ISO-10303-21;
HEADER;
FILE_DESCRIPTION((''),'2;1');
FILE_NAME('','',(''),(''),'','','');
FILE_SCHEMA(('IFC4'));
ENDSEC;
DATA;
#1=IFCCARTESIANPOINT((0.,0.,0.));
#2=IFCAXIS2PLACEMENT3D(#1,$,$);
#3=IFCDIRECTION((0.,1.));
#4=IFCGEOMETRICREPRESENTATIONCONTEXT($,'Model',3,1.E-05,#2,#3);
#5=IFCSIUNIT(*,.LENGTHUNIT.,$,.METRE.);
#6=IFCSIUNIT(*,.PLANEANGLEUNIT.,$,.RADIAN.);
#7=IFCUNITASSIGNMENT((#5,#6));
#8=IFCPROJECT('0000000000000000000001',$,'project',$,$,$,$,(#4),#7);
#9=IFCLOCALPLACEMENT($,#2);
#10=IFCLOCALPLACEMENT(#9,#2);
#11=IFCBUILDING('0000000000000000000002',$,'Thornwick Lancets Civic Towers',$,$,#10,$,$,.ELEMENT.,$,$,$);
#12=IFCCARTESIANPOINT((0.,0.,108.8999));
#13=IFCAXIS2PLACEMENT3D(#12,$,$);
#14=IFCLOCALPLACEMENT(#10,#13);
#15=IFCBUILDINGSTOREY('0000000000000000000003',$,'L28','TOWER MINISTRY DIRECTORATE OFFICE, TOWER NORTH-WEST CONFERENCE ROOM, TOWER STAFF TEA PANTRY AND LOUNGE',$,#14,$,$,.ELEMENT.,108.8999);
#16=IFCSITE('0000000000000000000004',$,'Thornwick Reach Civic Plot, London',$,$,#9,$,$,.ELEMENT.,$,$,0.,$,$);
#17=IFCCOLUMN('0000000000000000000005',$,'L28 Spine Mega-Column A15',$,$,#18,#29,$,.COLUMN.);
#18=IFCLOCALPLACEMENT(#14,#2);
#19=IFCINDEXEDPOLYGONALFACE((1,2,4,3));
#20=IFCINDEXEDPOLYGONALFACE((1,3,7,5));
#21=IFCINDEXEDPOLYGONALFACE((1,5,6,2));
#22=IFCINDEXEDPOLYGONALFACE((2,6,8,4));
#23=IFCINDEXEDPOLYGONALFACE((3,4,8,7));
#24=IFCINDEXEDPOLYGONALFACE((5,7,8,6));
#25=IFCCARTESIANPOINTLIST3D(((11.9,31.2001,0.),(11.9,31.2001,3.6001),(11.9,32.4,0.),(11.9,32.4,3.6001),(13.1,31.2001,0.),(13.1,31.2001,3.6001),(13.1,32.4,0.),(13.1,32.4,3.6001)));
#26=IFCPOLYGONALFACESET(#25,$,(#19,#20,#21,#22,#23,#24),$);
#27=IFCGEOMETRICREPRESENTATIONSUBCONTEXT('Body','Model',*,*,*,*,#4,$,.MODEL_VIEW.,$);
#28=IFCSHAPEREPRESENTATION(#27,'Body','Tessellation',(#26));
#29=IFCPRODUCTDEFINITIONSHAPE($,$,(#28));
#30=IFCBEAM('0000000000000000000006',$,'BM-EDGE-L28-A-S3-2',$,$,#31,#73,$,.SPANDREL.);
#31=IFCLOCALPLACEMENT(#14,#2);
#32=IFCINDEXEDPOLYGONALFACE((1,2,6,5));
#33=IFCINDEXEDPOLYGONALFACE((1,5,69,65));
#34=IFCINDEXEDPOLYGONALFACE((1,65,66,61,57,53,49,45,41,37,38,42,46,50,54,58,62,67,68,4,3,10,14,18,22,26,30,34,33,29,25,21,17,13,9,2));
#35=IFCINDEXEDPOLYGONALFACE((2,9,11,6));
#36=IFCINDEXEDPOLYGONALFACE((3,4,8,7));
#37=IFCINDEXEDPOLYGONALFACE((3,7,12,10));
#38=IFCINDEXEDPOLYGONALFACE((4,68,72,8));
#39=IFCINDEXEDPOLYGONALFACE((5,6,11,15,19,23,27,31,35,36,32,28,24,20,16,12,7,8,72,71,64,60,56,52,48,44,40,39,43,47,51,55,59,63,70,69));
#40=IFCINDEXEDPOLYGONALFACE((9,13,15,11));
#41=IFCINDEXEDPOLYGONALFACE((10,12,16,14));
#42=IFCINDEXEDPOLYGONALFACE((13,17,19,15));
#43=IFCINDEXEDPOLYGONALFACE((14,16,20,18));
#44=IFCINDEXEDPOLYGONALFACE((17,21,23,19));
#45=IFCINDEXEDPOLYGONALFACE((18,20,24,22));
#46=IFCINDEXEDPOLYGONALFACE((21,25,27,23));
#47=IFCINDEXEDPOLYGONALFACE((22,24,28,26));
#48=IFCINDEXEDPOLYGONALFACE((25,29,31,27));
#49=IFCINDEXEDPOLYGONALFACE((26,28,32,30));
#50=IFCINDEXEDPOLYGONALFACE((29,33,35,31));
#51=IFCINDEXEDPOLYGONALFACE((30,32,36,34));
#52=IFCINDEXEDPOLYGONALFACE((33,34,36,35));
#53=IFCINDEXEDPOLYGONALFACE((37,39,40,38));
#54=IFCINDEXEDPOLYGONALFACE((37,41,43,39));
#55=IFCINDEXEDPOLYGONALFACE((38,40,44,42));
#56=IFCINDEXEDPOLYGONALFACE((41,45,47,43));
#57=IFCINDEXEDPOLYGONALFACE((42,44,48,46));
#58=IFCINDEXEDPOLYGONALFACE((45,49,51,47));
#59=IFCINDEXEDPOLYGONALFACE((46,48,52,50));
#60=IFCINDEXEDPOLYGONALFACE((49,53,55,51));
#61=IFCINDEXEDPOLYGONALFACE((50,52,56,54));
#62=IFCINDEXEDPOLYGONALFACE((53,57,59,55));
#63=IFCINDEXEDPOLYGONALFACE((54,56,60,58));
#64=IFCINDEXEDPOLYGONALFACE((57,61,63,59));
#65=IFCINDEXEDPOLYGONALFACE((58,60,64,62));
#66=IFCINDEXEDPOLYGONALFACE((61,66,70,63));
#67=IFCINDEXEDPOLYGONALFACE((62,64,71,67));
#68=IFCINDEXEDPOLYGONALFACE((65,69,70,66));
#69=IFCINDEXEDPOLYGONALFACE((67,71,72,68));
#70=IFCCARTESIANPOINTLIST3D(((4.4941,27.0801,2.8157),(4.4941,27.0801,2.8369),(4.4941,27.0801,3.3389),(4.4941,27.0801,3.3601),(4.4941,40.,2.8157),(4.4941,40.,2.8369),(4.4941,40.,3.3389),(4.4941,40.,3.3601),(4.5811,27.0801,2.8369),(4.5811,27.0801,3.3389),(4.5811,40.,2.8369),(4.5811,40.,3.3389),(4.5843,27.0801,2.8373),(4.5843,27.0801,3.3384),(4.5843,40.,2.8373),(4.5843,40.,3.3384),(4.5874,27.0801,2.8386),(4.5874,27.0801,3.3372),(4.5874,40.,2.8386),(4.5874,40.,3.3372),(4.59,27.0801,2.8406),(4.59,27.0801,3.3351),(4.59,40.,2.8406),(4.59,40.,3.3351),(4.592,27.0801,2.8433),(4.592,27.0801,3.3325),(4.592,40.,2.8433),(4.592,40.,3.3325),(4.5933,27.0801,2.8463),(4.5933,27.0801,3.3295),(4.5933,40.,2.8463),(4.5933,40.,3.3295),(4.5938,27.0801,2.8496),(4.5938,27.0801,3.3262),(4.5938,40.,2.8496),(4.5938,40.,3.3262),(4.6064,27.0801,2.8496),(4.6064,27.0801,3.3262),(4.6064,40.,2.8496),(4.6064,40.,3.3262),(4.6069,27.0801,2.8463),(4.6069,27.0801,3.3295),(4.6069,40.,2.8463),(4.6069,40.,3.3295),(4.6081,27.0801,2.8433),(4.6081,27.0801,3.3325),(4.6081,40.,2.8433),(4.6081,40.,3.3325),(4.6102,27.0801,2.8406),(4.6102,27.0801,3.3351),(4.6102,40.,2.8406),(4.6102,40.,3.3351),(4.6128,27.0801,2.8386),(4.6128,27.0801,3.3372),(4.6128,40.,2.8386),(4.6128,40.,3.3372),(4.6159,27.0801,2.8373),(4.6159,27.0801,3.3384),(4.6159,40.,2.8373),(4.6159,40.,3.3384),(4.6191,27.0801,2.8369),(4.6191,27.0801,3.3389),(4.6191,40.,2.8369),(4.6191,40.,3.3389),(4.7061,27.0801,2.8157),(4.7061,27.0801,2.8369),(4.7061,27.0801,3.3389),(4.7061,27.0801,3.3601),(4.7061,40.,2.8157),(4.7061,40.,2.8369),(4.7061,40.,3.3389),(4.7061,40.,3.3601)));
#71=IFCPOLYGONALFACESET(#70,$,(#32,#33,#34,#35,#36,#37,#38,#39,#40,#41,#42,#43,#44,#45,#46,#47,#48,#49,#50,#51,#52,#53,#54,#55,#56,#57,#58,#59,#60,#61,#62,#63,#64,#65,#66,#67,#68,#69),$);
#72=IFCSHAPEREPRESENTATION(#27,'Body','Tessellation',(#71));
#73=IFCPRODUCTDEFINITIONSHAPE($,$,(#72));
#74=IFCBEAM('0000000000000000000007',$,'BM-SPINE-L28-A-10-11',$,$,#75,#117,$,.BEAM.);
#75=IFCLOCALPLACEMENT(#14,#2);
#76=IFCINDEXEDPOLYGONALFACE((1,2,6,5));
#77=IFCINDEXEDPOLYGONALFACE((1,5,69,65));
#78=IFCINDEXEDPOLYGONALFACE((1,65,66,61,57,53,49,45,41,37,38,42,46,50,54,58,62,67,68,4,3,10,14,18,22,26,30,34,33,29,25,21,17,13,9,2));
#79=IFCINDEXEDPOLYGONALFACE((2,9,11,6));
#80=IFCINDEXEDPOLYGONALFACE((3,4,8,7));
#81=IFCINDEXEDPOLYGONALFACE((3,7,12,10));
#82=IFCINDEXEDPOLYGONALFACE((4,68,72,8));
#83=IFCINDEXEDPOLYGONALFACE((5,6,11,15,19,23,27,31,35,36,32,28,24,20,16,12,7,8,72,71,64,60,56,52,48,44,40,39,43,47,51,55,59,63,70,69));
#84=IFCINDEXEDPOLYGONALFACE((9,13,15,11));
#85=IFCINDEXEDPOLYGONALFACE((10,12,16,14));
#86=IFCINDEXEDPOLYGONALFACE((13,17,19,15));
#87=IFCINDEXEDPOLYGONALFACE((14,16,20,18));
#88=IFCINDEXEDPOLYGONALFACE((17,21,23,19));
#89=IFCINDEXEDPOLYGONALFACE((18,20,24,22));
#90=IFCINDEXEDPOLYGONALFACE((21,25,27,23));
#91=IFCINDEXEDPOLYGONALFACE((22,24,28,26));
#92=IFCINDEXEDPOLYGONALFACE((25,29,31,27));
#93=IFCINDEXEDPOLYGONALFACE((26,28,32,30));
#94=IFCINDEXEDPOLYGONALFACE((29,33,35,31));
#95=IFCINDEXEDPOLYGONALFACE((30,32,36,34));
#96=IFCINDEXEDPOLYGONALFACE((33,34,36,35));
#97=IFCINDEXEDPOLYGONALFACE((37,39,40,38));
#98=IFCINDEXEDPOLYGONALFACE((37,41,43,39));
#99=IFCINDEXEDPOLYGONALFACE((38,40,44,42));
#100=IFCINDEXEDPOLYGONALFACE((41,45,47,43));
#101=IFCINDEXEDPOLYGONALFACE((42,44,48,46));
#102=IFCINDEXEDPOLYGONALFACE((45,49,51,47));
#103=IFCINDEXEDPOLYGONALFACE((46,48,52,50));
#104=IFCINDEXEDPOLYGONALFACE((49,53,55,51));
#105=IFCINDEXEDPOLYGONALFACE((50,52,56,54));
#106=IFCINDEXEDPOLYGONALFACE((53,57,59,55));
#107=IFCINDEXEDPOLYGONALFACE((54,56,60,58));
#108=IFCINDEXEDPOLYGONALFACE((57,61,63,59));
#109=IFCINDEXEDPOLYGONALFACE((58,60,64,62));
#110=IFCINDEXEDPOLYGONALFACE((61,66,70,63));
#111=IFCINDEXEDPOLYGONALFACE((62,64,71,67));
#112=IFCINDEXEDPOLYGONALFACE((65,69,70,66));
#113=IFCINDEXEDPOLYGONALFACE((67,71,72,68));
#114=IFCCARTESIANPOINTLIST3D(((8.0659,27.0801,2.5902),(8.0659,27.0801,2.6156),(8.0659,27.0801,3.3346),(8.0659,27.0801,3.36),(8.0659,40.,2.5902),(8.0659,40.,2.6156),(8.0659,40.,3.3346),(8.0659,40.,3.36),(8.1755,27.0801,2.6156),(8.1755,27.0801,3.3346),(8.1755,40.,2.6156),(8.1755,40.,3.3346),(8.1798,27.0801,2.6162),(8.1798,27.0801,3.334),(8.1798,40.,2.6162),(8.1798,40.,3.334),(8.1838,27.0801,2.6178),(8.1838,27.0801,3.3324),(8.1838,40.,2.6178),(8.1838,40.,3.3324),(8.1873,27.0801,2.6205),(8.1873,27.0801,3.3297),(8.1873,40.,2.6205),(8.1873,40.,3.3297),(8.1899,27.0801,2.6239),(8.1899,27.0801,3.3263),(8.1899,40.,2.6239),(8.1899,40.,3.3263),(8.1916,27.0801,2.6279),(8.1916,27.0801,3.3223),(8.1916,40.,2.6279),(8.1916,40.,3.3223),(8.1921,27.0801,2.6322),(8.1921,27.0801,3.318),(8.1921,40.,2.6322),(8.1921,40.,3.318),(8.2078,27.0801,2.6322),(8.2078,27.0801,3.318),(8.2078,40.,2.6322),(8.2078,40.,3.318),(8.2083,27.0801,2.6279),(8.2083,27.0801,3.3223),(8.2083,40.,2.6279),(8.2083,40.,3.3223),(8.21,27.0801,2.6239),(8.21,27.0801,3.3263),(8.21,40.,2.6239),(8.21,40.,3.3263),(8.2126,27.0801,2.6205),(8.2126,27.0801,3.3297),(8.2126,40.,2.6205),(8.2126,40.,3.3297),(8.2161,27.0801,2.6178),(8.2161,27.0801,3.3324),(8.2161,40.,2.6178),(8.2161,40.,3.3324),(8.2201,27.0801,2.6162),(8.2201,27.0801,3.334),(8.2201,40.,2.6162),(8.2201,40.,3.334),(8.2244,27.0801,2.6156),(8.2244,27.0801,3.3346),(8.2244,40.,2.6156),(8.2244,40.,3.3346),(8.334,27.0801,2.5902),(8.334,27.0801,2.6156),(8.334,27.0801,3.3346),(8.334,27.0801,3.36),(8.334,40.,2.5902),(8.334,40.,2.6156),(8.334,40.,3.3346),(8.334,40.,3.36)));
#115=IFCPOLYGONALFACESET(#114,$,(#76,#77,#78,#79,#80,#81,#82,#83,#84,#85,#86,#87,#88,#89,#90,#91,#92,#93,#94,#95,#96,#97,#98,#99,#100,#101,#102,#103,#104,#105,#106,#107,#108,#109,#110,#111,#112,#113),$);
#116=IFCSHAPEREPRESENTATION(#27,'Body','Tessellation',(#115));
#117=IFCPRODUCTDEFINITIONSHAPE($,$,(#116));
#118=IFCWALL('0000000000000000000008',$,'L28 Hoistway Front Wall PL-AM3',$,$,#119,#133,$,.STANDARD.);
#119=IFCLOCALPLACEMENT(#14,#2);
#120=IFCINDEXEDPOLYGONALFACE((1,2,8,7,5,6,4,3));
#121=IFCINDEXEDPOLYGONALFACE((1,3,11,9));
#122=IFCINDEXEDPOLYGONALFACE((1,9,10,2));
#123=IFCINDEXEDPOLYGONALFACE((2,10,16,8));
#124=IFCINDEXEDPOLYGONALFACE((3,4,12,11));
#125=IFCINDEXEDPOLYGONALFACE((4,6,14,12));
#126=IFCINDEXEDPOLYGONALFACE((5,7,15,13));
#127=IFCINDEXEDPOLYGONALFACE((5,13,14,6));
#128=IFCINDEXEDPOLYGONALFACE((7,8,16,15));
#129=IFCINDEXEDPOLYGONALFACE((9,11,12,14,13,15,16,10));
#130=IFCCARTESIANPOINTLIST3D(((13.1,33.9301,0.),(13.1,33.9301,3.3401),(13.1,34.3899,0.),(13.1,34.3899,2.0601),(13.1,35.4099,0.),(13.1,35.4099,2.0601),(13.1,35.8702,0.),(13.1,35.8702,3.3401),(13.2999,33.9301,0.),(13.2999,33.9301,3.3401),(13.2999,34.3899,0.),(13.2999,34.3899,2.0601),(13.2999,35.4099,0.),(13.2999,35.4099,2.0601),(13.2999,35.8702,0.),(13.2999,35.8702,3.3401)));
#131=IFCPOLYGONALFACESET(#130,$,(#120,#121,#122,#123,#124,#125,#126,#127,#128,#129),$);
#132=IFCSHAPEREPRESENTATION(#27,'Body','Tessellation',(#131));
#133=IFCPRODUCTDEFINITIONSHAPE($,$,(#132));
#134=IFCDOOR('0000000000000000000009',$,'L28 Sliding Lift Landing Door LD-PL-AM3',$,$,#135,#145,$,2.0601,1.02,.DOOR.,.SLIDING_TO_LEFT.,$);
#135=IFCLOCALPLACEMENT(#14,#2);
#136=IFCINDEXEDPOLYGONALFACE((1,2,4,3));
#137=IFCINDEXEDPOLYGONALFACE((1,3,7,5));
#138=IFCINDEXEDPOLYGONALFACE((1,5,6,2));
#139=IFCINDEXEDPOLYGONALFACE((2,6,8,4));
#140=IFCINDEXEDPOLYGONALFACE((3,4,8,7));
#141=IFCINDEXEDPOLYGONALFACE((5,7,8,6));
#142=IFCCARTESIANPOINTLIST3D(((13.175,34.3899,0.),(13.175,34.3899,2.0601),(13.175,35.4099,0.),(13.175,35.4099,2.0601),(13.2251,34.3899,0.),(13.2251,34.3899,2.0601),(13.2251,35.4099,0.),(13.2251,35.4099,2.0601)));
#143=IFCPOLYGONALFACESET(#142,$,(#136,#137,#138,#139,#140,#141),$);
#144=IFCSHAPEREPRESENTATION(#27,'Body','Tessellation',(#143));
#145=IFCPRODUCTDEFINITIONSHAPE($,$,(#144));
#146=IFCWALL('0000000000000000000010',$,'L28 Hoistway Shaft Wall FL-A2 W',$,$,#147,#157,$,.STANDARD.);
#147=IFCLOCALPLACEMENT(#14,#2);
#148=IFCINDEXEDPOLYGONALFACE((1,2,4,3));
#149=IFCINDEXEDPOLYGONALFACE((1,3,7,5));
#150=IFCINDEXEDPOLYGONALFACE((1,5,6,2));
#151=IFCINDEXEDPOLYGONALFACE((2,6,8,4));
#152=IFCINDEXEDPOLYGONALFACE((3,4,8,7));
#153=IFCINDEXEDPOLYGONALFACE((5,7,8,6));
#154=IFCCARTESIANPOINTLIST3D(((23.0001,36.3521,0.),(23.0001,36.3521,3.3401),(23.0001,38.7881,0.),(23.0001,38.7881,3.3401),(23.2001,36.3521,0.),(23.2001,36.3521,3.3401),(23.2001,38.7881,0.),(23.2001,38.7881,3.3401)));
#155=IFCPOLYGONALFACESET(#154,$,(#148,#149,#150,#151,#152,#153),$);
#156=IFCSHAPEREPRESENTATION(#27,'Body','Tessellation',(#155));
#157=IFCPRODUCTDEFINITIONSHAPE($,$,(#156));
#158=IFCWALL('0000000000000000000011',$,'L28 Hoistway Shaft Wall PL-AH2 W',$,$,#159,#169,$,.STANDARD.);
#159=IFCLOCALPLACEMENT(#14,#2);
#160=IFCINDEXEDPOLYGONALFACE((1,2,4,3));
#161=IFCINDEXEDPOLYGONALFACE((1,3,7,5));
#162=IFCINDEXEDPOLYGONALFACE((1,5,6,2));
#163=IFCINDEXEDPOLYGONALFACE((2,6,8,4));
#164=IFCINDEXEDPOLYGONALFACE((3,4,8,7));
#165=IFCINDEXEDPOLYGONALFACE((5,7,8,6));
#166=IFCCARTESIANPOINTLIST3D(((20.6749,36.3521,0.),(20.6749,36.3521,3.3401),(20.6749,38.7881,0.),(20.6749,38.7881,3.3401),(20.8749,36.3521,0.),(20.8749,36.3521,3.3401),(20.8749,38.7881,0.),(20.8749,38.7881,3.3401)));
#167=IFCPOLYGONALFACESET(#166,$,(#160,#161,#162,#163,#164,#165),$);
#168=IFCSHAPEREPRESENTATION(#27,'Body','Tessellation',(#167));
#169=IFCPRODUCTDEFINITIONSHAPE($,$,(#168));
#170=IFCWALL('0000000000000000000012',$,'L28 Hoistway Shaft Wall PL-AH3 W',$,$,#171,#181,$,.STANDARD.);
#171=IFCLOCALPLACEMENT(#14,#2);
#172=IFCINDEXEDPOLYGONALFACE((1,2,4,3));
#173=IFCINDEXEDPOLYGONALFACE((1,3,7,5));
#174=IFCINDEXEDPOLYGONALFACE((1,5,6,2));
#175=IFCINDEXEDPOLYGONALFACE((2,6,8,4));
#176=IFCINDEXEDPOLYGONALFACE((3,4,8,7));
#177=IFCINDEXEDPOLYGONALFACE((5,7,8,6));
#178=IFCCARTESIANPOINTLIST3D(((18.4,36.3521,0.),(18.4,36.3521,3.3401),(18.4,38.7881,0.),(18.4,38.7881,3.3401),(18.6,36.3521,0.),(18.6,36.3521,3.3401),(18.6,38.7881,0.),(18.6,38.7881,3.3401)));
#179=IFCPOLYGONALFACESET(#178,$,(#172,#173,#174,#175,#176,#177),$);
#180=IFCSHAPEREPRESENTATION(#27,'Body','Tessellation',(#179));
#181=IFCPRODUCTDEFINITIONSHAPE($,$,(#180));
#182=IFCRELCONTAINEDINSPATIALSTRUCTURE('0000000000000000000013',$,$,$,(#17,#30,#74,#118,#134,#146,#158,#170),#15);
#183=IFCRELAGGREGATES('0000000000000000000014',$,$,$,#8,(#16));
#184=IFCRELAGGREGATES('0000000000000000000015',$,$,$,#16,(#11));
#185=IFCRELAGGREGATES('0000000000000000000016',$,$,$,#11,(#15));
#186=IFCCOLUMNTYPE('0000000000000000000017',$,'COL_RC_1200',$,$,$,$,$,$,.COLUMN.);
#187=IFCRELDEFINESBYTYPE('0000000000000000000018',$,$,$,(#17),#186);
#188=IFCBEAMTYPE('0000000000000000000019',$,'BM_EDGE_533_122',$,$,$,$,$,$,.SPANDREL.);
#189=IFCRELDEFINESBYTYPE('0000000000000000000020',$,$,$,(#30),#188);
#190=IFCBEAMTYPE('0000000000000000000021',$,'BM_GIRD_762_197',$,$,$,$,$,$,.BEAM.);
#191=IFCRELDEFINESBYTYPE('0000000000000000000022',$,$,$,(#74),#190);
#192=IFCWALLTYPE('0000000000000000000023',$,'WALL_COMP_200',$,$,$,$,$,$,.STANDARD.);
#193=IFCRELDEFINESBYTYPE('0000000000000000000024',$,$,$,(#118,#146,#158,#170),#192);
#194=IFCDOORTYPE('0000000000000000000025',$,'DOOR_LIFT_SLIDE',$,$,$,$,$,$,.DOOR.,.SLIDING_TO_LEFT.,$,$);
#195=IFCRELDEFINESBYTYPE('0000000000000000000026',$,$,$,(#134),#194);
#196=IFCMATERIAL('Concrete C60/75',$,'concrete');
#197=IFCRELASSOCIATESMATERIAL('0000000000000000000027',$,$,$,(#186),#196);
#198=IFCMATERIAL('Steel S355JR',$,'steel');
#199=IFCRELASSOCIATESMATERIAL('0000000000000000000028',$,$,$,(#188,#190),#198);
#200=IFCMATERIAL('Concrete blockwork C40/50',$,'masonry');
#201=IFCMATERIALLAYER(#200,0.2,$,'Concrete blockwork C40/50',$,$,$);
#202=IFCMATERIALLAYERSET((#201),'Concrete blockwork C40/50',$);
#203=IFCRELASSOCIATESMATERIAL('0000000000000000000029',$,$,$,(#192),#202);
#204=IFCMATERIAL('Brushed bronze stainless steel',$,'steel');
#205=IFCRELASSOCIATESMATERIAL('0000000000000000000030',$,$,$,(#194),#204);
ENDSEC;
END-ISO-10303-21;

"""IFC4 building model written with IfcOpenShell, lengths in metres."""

from ifc_helpers import new_model, si_unit, direction, frame, frame_2d, origin, origin_2d, place, context, subcontext, project, spatial, rectangle, i_section, extrude, material, layer, layer_set, material_profile, profile_set, type_object, element, fill, save


model = new_model("IFC4")

# Units and contexts
model_context = context("Model", 3, precision=1e-05, world=origin(), true_north=direction((0.0, 1.0)))
body_context = subcontext(model_context, "Body", "Model", "MODEL_VIEW")
ifc_project = project(units=[si_unit("LENGTHUNIT", "METRE"), si_unit("PLANEANGLEUNIT", "RADIAN")], contexts=[model_context])

# Site, building, storey
site_placement = place(None, origin())
site = spatial("IfcSite", under=ifc_project, at=site_placement, Name="Thornwick Reach Civic Plot, London", CompositionType="ELEMENT", RefElevation=0.0)
building_placement = place(site_placement, origin())
building = spatial("IfcBuilding", under=site, at=building_placement, Name="Thornwick Lancets Civic Towers", CompositionType="ELEMENT")
storey_placement = place(building_placement, frame((0.0, 0.0, 108.8999)))
storey = spatial("IfcBuildingStorey", under=building, at=storey_placement, Name="L28", Description="TOWER MINISTRY DIRECTORATE OFFICE, TOWER NORTH-WEST CONFERENCE ROOM, TOWER STAFF TEA PANTRY AND LOUNGE", CompositionType="ELEMENT", Elevation=108.8999)

# Column
ifc_material_1 = material(Name="Concrete C60/75", Category="concrete")
ifc_material_profile_1 = material_profile(ifc_material_1, rectangle(XDim=1.2, YDim=1.2, at=origin_2d()), Name="RC 1200x1200")
ifc_profile_set_1 = profile_set([ifc_material_profile_1], Name="Concrete C60/75")
column_type = type_object("IfcColumnType", Name="COL_RC_1200", PredefinedType="COLUMN", material=ifc_profile_set_1)
column_placement = place(storey_placement, frame((12.5, 31.8, 0.0), z_axis=(0.0, 0.0, 1.0), x_axis=(1.0, 0.0, 0.0)))
element("IfcColumn", 1, at=column_placement, inside=storey, type_object=column_type, Name="L28 Spine Mega-Column A15", PredefinedType="COLUMN", context=body_context, shape_type="SweptSolid", body=[
    extrude(rectangle(XDim=1.2, YDim=1.2, at=origin_2d()), origin(), (0.0, 0.0, 1.0), 3.6001),
])

# Beams
ifc_material_2 = material(Name="Steel S355JR", Category="steel")
ifc_material_profile_2 = material_profile(ifc_material_2, i_section(OverallWidth=0.2119, OverallDepth=0.5444, WebThickness=0.0127, FlangeThickness=0.0212, FilletRadius=0.0127, at=origin_2d()), Name="UKB 533x210x122")
ifc_profile_set_2 = profile_set([ifc_material_profile_2], Name="Steel S355JR")
beam_type_1 = type_object("IfcBeamType", Name="BM_EDGE_533_122", PredefinedType="SPANDREL", material=ifc_profile_set_2)
beam_1_placement = place(storey_placement, frame((4.6001, 27.0801, 3.0879), z_axis=(0.0, 1.0, 0.0), x_axis=(-1.0, 0.0, 0.0)))
element("IfcBeam", 2, at=beam_1_placement, inside=storey, type_object=beam_type_1, Name="BM-EDGE-L28-A-S3-2", PredefinedType="SPANDREL", context=body_context, shape_type="SweptSolid", body=[
    extrude(i_section(OverallWidth=0.2119, OverallDepth=0.5444, WebThickness=0.0127, FlangeThickness=0.0212, FilletRadius=0.0127, at=origin_2d()), origin(), (0.0, 0.0, 1.0), 12.9199),
])
ifc_material_profile_3 = material_profile(ifc_material_2, i_section(OverallWidth=0.2681, OverallDepth=0.7698, WebThickness=0.0156, FlangeThickness=0.0254, FilletRadius=0.0166, at=origin_2d()), Name="UKB 762x267x197")
ifc_profile_set_3 = profile_set([ifc_material_profile_3], Name="Steel S355JR")
beam_type_2 = type_object("IfcBeamType", Name="BM_GIRD_762_197", PredefinedType="BEAM", material=ifc_profile_set_3)
beam_2_placement = place(storey_placement, frame((8.2, 27.0801, 2.9751), z_axis=(0.0, 1.0, 0.0), x_axis=(-1.0, 0.0, 0.0)))
element("IfcBeam", 3, at=beam_2_placement, inside=storey, type_object=beam_type_2, Name="BM-SPINE-L28-A-10-11", PredefinedType="BEAM", context=body_context, shape_type="SweptSolid", body=[
    extrude(i_section(OverallWidth=0.2681, OverallDepth=0.7698, WebThickness=0.0156, FlangeThickness=0.0254, FilletRadius=0.0166, at=origin_2d()), origin(), (0.0, 0.0, 1.0), 12.9199),
])

# Wall, opening, door
ifc_material_3 = material(Name="Concrete blockwork C40/50", Category="masonry")
ifc_layer_1 = layer(ifc_material_3, 0.2, Name="Concrete blockwork C40/50")
ifc_layer_set_1 = layer_set([ifc_layer_1], Name="Concrete blockwork C40/50")
wall_type_1 = type_object("IfcWallType", Name="WALL_COMP_200", PredefinedType="STANDARD", material=ifc_layer_set_1)
wall_1_placement = place(storey_placement, frame((13.2, 33.9299, 0.0), z_axis=(0.0, 0.0, 1.0), x_axis=(0.0, 1.0, 0.0)))
wall_1 = element("IfcWall", 4, at=wall_1_placement, inside=storey, type_object=wall_type_1, Name="L28 Hoistway Front Wall PL-AM3", PredefinedType="STANDARD", context=body_context, shape_type="SweptSolid", body=[
    extrude(rectangle(XDim=1.9402, YDim=0.2, at=frame_2d((0.9702, 0.0))), origin(), (0.0, 0.0, 1.0), 3.3401),
])
opening_1_placement = place(wall_1_placement, frame((0.46, 0.0, 0.0)))
opening_1 = element("IfcOpeningElement", 5, at=opening_1_placement, cuts=wall_1, PredefinedType="OPENING", context=body_context, shape_type="SweptSolid", body=[
    extrude(rectangle(XDim=1.02, YDim=2.0601, at=frame_2d((0.51, 1.03))), frame((0.0, 0.1099, 0.0), z_axis=(0.0, -1.0, 0.0), x_axis=(1.0, 0.0, 0.0)), (0.0, 0.0, 1.0), 0.22),
])
ifc_material_4 = material(Name="Brushed bronze stainless steel", Category="steel")
door_type_1 = type_object("IfcDoorType", Name="DOOR_LIFT_SLIDE", OperationType="SLIDING_TO_LEFT", PredefinedType="DOOR", material=ifc_material_4)
door_1_placement = place(opening_1_placement, origin())
door_1 = element("IfcDoor", 6, at=door_1_placement, inside=storey, type_object=door_type_1, Name="L28 Sliding Lift Landing Door LD-PL-AM3", OperationType="SLIDING_TO_LEFT", OverallHeight=2.0601, OverallWidth=1.02, PredefinedType="DOOR", context=body_context, shape_type="SweptSolid", body=[
    extrude(rectangle(XDim=1.02, YDim=2.0601, at=frame_2d((0.51, 1.03))), frame((0.0, 0.0249, 0.0), z_axis=(0.0, -1.0, 0.0), x_axis=(1.0, 0.0, 0.0)), (0.0, 0.0, 1.0), 0.05),
])
fill(opening_1, door_1)

# Walls
for number, where, z_axis, x_axis, name in (
    (7, (23.1001, 36.3521, 0.0), (0.0, 0.0, 1.0), (0.0, 1.0, 0.0), "L28 Hoistway Shaft Wall FL-A2 W"),
    (8, (20.7749, 36.3521, 0.0), (0.0, 0.0, 1.0), (0.0, 1.0, 0.0), "L28 Hoistway Shaft Wall PL-AH2 W"),
    (9, (18.5, 36.3521, 0.0), (0.0, 0.0, 1.0), (0.0, 1.0, 0.0), "L28 Hoistway Shaft Wall PL-AH3 W"),
):
    element("IfcWall", number, at=place(storey_placement, frame(where, z_axis=z_axis, x_axis=x_axis)), inside=storey, type_object=wall_type_1, Name=name, PredefinedType="STANDARD", context=body_context, shape_type="SweptSolid", body=[
        extrude(rectangle(XDim=2.436, YDim=0.2, at=frame_2d((1.218, 0.0))), origin(), (0.0, 0.0, 1.0), 3.3401),
    ])

save(model, "model.ifc")
